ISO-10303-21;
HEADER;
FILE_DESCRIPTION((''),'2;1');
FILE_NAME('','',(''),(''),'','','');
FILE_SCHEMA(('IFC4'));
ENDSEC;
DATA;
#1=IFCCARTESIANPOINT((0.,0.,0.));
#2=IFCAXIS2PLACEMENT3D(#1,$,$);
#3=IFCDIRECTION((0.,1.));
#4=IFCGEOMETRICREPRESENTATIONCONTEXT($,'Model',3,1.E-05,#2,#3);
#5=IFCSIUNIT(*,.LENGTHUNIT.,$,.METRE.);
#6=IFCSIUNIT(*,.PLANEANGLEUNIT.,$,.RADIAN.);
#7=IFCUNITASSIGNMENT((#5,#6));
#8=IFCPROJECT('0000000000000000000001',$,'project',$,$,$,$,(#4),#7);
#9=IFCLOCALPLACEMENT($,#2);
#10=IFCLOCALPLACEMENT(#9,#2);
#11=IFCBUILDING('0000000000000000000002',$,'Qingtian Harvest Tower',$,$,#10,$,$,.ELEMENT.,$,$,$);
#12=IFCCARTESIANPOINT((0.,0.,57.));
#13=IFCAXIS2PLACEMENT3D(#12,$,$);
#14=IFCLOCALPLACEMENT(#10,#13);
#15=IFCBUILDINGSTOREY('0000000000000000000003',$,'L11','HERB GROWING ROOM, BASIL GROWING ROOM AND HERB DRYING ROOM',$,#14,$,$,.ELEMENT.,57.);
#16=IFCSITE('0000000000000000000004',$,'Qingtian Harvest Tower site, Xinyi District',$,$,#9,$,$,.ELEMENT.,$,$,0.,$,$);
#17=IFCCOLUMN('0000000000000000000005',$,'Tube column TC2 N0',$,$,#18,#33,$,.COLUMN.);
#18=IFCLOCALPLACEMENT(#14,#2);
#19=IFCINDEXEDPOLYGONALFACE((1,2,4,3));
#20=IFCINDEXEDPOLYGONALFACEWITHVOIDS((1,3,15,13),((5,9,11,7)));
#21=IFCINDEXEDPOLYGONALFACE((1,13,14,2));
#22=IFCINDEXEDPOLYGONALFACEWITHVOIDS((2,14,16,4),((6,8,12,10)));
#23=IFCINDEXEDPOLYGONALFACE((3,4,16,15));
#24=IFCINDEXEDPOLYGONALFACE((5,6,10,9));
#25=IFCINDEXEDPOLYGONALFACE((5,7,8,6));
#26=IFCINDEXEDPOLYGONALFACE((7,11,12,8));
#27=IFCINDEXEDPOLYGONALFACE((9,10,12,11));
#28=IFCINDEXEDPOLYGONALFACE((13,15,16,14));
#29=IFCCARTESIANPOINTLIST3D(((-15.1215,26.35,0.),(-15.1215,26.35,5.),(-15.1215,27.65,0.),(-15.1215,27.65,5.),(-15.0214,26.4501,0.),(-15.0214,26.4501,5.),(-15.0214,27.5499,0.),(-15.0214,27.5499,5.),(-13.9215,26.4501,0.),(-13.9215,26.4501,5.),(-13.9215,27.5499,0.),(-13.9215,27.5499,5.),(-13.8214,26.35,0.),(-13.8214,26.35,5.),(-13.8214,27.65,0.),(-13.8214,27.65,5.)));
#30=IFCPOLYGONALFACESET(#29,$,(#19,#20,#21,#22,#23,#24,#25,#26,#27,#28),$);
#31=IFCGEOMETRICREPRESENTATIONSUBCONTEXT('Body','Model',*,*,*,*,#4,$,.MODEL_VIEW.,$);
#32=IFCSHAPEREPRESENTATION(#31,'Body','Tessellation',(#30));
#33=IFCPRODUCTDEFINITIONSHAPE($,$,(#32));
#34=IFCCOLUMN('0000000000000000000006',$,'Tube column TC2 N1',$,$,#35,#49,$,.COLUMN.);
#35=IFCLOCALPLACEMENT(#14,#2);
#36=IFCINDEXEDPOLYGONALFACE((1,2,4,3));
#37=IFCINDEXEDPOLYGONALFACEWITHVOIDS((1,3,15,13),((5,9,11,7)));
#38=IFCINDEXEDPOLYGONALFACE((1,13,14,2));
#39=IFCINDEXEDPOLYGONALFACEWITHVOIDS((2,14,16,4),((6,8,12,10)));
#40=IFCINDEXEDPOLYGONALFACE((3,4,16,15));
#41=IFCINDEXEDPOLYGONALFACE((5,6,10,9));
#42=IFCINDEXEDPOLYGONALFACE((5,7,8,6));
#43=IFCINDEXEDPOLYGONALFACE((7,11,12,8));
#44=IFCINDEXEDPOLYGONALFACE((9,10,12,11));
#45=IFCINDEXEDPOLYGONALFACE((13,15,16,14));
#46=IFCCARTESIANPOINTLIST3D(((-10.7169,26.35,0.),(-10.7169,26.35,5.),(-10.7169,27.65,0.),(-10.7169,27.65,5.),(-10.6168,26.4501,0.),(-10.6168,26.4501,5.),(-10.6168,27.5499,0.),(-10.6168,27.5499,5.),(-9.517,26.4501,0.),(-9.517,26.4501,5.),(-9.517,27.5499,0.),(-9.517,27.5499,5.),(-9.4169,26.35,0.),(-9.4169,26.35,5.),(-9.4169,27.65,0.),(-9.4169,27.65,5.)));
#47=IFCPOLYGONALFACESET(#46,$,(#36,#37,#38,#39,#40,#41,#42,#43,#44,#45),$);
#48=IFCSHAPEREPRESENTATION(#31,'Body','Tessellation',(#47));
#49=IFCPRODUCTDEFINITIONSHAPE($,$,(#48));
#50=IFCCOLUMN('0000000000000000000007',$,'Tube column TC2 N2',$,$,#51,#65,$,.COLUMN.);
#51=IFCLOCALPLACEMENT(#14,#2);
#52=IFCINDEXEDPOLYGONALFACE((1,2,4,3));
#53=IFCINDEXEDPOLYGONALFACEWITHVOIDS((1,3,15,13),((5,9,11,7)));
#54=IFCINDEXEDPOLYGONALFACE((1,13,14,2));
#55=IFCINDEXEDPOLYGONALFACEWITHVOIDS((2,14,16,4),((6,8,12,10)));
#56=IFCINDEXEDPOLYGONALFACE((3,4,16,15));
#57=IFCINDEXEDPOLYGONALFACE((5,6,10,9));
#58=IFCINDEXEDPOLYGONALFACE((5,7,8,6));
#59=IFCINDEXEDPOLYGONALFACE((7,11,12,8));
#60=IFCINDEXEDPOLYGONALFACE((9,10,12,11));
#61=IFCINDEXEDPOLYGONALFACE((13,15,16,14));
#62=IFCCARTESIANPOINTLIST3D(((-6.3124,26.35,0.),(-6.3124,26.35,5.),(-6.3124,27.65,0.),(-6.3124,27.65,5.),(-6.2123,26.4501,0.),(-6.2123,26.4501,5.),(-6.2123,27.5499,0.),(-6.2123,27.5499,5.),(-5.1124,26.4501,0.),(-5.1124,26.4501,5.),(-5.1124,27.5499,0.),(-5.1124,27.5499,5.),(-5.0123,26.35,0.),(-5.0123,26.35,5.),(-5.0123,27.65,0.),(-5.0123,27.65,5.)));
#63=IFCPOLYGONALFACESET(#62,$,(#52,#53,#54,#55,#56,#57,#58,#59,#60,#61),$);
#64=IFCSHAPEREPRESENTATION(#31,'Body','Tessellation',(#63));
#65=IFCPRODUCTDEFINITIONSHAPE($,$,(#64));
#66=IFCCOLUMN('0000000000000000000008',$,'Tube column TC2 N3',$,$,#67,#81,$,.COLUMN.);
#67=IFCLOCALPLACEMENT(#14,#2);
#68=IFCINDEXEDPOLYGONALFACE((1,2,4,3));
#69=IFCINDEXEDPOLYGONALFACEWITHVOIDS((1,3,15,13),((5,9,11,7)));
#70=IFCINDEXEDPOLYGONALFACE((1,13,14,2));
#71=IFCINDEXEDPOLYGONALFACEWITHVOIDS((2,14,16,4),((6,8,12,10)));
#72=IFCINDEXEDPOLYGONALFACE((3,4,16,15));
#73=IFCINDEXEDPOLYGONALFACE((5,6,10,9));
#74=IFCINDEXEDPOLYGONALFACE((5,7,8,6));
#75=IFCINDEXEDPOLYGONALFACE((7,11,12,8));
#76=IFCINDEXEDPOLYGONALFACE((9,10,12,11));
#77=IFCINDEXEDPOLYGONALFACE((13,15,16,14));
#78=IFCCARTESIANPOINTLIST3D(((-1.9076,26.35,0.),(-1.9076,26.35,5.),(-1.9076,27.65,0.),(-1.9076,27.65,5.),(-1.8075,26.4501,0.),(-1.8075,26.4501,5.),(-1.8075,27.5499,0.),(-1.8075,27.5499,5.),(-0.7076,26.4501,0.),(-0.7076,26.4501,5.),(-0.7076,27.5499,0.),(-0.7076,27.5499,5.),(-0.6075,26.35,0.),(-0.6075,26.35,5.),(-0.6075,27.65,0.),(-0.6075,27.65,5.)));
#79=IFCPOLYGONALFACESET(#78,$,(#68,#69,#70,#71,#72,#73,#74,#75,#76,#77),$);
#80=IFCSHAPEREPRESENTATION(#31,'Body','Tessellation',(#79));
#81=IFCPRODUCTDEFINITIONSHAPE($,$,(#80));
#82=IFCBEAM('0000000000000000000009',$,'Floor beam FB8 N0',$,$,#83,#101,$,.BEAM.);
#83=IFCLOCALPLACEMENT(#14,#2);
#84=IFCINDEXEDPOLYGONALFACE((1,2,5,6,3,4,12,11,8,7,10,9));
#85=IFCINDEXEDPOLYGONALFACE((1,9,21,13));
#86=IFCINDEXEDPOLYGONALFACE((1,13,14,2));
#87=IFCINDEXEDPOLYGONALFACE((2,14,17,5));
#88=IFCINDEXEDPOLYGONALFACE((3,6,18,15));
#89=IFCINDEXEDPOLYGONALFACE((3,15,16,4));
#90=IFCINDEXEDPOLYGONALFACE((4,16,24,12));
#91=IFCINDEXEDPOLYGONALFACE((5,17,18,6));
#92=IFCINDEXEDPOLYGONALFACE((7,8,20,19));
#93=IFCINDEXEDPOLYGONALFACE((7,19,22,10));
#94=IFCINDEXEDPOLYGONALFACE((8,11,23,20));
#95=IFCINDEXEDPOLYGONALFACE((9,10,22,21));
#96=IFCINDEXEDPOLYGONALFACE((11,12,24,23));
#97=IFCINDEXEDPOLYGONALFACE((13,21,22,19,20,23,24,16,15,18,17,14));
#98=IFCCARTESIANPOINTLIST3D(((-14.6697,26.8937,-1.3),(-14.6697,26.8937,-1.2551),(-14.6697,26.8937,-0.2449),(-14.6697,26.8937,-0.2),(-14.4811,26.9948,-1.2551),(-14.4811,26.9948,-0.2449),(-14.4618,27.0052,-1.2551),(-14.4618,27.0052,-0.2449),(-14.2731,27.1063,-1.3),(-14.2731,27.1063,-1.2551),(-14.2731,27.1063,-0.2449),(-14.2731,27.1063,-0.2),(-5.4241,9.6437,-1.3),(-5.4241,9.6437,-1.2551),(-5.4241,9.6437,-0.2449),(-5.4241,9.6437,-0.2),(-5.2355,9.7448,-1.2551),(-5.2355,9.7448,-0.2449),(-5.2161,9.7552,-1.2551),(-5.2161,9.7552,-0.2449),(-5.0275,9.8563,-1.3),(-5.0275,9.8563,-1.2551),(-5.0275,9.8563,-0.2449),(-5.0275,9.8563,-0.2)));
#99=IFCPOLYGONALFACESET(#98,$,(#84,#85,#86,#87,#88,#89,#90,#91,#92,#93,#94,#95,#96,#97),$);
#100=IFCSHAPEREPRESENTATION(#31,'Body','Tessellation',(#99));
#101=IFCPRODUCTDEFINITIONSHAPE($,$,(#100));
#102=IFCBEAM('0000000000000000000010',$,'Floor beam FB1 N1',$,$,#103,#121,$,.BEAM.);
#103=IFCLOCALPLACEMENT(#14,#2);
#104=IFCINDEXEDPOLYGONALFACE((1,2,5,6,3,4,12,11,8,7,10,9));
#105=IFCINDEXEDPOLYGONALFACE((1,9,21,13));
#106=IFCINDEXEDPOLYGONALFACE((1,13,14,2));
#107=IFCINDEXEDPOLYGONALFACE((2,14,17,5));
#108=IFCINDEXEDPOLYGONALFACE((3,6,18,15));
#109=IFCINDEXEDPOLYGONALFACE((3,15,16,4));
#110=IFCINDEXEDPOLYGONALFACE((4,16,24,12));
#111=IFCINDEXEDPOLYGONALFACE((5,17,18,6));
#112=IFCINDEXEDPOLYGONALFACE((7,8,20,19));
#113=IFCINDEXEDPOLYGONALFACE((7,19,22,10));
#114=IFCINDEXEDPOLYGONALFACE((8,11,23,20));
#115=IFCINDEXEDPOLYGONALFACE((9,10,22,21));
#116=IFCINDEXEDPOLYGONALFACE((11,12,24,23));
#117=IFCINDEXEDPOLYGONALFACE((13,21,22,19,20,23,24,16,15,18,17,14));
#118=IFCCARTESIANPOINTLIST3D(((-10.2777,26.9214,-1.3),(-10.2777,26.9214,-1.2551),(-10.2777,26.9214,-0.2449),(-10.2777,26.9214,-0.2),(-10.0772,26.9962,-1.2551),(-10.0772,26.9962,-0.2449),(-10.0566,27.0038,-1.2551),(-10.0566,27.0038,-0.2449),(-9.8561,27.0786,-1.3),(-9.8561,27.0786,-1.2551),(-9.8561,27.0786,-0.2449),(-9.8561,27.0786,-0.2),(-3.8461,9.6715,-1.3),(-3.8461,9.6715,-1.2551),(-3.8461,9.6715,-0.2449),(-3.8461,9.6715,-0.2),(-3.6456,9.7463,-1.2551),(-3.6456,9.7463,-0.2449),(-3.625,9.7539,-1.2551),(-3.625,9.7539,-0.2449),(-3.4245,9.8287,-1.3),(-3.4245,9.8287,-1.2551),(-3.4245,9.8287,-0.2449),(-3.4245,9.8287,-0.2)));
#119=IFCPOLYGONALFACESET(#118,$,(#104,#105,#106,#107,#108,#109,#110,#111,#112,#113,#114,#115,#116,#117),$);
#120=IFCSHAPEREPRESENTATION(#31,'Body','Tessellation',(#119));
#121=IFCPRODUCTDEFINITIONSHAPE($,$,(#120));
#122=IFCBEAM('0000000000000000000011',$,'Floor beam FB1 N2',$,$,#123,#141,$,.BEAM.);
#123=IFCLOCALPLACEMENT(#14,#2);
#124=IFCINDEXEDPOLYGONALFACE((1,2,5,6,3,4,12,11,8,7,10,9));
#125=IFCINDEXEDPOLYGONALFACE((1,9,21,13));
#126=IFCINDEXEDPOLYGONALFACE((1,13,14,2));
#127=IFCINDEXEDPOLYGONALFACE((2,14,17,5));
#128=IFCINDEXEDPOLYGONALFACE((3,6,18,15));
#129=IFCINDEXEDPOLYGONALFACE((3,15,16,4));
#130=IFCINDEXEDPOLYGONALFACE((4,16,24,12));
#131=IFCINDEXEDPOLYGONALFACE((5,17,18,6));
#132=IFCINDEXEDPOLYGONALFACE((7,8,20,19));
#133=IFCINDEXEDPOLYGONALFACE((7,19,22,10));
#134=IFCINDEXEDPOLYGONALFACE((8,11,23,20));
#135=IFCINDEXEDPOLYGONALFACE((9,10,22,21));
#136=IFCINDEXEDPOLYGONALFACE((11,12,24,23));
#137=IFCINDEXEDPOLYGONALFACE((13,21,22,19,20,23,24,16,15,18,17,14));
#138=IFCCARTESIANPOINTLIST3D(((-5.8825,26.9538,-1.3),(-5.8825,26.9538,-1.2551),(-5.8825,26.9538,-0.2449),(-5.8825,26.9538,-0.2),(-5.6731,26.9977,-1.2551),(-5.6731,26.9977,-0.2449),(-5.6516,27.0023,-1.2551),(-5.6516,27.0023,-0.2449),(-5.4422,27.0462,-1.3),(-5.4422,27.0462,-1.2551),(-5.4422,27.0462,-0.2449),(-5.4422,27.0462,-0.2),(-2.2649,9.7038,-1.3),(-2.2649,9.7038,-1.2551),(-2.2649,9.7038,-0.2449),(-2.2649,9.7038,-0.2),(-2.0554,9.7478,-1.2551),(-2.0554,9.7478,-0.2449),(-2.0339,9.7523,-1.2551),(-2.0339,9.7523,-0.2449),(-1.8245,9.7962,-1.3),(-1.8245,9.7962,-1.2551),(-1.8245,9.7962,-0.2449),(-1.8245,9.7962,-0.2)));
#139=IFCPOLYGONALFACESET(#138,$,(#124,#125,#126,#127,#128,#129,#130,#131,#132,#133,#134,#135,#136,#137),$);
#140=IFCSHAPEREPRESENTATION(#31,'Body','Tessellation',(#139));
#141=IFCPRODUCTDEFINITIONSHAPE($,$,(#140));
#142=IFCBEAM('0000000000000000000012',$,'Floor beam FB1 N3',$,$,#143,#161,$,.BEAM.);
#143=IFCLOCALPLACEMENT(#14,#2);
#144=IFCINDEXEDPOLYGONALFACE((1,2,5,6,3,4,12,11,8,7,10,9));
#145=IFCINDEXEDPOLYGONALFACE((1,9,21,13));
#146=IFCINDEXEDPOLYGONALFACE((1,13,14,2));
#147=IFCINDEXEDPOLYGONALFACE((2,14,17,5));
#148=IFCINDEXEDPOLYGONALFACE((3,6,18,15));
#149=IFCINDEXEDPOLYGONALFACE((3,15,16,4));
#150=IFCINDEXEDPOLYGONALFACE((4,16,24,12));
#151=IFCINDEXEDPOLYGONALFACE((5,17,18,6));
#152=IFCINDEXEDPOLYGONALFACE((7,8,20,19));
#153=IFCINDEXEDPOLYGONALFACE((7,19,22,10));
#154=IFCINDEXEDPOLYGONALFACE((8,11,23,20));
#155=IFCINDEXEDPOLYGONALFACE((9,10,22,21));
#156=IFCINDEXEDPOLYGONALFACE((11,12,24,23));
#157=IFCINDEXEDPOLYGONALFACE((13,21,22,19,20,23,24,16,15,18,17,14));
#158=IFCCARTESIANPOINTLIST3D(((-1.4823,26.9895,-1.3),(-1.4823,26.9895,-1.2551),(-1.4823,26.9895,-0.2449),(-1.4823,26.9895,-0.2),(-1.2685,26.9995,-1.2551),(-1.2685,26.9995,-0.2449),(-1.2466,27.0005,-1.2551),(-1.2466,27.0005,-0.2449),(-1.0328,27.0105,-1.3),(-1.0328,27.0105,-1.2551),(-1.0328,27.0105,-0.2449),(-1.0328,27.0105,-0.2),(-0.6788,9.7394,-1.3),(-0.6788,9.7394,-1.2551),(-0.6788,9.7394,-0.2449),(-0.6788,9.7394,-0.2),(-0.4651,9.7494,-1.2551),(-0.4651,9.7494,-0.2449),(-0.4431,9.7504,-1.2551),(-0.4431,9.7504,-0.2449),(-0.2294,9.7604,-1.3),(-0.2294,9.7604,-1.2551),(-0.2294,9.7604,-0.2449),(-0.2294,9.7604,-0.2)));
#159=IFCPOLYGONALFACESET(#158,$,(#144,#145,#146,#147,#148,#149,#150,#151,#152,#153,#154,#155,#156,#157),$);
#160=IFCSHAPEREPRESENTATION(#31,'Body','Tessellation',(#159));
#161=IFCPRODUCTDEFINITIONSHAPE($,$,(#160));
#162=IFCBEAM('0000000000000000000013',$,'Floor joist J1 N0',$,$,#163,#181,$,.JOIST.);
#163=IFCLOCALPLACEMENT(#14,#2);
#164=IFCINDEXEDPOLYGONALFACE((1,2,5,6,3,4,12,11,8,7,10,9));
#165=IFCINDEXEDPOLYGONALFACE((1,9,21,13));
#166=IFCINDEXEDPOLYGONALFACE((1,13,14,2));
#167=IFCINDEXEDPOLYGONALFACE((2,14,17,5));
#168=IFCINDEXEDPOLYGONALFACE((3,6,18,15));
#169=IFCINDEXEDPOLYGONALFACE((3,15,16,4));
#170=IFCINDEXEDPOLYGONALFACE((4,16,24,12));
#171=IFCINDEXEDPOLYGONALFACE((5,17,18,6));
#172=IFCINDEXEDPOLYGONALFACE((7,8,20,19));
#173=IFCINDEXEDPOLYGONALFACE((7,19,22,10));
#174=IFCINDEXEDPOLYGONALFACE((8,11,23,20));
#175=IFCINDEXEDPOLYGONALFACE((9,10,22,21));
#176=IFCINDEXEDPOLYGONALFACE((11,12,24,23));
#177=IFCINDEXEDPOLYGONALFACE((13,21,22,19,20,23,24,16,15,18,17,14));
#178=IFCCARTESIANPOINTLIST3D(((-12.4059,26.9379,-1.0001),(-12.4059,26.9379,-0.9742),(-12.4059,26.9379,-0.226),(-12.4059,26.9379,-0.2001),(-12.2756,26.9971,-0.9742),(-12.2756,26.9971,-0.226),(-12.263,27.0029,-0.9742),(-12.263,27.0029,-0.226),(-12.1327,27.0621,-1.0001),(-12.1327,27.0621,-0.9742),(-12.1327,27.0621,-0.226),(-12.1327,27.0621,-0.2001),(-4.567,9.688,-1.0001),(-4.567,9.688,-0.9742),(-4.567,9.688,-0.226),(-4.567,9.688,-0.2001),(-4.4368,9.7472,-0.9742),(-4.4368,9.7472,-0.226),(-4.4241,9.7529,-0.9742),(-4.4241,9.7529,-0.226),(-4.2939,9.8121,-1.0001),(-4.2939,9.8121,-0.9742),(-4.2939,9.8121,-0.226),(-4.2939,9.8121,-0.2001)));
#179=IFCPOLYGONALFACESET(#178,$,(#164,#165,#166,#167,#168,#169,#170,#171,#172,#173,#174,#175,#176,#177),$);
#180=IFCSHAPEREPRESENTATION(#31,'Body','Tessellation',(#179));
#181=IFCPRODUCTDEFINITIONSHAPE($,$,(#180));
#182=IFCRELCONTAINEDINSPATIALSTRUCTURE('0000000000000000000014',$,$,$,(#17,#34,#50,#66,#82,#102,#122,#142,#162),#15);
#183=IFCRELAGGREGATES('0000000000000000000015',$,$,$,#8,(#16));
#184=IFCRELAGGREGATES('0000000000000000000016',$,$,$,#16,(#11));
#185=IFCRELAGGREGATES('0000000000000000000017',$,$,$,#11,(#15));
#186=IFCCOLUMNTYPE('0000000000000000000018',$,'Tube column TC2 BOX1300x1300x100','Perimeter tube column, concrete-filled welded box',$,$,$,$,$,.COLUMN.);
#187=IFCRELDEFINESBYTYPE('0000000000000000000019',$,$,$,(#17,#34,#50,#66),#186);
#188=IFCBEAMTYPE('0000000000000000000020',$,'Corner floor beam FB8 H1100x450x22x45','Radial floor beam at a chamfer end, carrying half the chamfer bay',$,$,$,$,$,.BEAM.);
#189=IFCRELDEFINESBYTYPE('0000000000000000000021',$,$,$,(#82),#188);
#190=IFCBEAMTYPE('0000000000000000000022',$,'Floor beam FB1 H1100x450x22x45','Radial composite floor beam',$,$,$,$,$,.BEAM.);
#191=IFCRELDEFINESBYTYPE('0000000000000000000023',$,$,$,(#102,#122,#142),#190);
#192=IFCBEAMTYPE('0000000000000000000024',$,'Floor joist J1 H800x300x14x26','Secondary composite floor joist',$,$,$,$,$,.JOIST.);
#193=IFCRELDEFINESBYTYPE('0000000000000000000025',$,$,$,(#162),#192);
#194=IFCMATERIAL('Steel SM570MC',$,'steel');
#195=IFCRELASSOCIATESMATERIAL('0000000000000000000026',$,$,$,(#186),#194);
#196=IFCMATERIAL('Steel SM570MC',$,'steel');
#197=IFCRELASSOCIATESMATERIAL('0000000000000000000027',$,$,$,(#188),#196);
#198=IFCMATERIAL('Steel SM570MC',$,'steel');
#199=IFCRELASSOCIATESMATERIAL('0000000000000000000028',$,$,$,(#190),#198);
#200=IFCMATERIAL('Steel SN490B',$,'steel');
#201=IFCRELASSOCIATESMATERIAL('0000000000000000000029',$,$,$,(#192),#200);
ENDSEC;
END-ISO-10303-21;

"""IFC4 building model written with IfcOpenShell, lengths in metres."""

from ifc_helpers import new_model, si_unit, direction, frame, origin, origin_2d, place, context, subcontext, project, spatial, hollow_rectangle, i_section, extrude, material, material_profile, profile_set, type_object, element, save


model = new_model("IFC4")

# Units and contexts
model_context = context("Model", 3, precision=1e-05, world=origin(), true_north=direction((0.0, 1.0)))
body_context = subcontext(model_context, "Body", "Model", "MODEL_VIEW")
ifc_project = project(units=[si_unit("LENGTHUNIT", "METRE"), si_unit("PLANEANGLEUNIT", "RADIAN")], contexts=[model_context])

# Site, building, storey
site_placement = place(None, origin())
site = spatial("IfcSite", under=ifc_project, at=site_placement, Name="Qingtian Harvest Tower site, Xinyi District", CompositionType="ELEMENT", RefElevation=0.0)
building_placement = place(site_placement, origin())
building = spatial("IfcBuilding", under=site, at=building_placement, Name="Qingtian Harvest Tower", CompositionType="ELEMENT")
storey_placement = place(building_placement, frame((0.0, 0.0, 57.0)))
storey = spatial("IfcBuildingStorey", under=building, at=storey_placement, Name="L11", Description="HERB GROWING ROOM, BASIL GROWING ROOM AND HERB DRYING ROOM", CompositionType="ELEMENT", Elevation=57.0)

# Columns
ifc_material_1 = material(Name="Steel SM570MC", Category="steel")
ifc_material_profile_1 = material_profile(ifc_material_1, hollow_rectangle(XDim=1.3, YDim=1.3, WallThickness=0.1001, at=origin_2d()), Name="BOX1300x1300x100")
ifc_profile_set_1 = profile_set([ifc_material_profile_1], Name="Steel SM570MC")
column_type = type_object("IfcColumnType", Name="Tube column TC2 BOX1300x1300x100", Description="Perimeter tube column, concrete-filled welded box", PredefinedType="COLUMN", material=ifc_profile_set_1)
for number, where, z_axis, x_axis, name in (
    (1, (-14.4714, 27.0, 0.0), (0.0, 0.0, 1.0), (-1.0, 0.0, 0.0), "Tube column TC2 N0"),
    (2, (-10.0669, 27.0, 0.0), (0.0, 0.0, 1.0), (-1.0, 0.0, 0.0), "Tube column TC2 N1"),
    (3, (-5.6624, 27.0, 0.0), (0.0, 0.0, 1.0), (-1.0, 0.0, 0.0), "Tube column TC2 N2"),
    (4, (-1.2576, 27.0, 0.0), (0.0, 0.0, 1.0), (-1.0, 0.0, 0.0), "Tube column TC2 N3"),
):
    element("IfcColumn", number, at=place(storey_placement, frame(where, z_axis=z_axis, x_axis=x_axis)), inside=storey, type_object=column_type, Name=name, PredefinedType="COLUMN", context=body_context, shape_type="SweptSolid", body=[
        extrude(hollow_rectangle(XDim=1.3, YDim=1.3, WallThickness=0.1001, at=origin_2d()), origin(), (0.0, 0.0, 1.0), 5.0),
    ])

# Beams
ifc_material_2 = material(Name="Steel SM570MC", Category="steel")
ifc_material_profile_2 = material_profile(ifc_material_2, i_section(OverallWidth=0.45, OverallDepth=1.1001, WebThickness=0.022, FlangeThickness=0.0449, at=origin_2d()), Name="H1100x450x22x45")
ifc_profile_set_2 = profile_set([ifc_material_profile_2], Name="Steel SM570MC")
beam_type_1 = type_object("IfcBeamType", Name="Corner floor beam FB8 H1100x450x22x45", Description="Radial floor beam at a chamfer end, carrying half the chamfer bay", PredefinedType="BEAM", material=ifc_profile_set_2)
beam_1_placement = place(storey_placement, frame((-14.4714, 27.0, -0.75), z_axis=(0.472401, -0.881384, 0.0), x_axis=(0.881384, 0.472401, 0.0)))
element("IfcBeam", 5, at=beam_1_placement, inside=storey, type_object=beam_type_1, Name="Floor beam FB8 N0", PredefinedType="BEAM", context=body_context, shape_type="SweptSolid", body=[
    extrude(i_section(OverallWidth=0.45, OverallDepth=1.1001, WebThickness=0.022, FlangeThickness=0.0449, at=origin_2d()), origin(), (0.0, 0.0, 1.0), 19.5715),
])
ifc_material_3 = material(Name="Steel SM570MC", Category="steel")
ifc_material_profile_3 = material_profile(ifc_material_3, i_section(OverallWidth=0.45, OverallDepth=1.1001, WebThickness=0.022, FlangeThickness=0.0449, at=origin_2d()), Name="H1100x450x22x45")
ifc_profile_set_3 = profile_set([ifc_material_profile_3], Name="Steel SM570MC")
beam_type_2 = type_object("IfcBeamType", Name="Floor beam FB1 H1100x450x22x45", Description="Radial composite floor beam", PredefinedType="BEAM", material=ifc_profile_set_3)
beam_2_placement = place(storey_placement, frame((-10.0669, 27.0, -0.75), z_axis=(0.349356, -0.93699, 0.0), x_axis=(0.93699, 0.349356, 0.0)))
element("IfcBeam", 6, at=beam_2_placement, inside=storey, type_object=beam_type_2, Name="Floor beam FB1 N1", PredefinedType="BEAM", context=body_context, shape_type="SweptSolid", body=[
    extrude(i_section(OverallWidth=0.45, OverallDepth=1.1001, WebThickness=0.022, FlangeThickness=0.0449, at=origin_2d()), origin(), (0.0, 0.0, 1.0), 18.4099),
])
beam_3_placement = place(storey_placement, frame((-5.6624, 27.0, -0.75), z_axis=(0.205255, -0.978709, 0.0), x_axis=(0.978709, 0.205255, 0.0)))
element("IfcBeam", 7, at=beam_3_placement, inside=storey, type_object=beam_type_2, Name="Floor beam FB1 N2", PredefinedType="BEAM", context=body_context, shape_type="SweptSolid", body=[
    extrude(i_section(OverallWidth=0.45, OverallDepth=1.1001, WebThickness=0.022, FlangeThickness=0.0449, at=origin_2d()), origin(), (0.0, 0.0, 1.0), 17.6252),
])
beam_4_placement = place(storey_placement, frame((-1.2576, 27.0, -0.75), z_axis=(0.046527, -0.998917, 0.0), x_axis=(0.998917, 0.046527, 0.0)))
element("IfcBeam", 8, at=beam_4_placement, inside=storey, type_object=beam_type_2, Name="Floor beam FB1 N3", PredefinedType="BEAM", context=body_context, shape_type="SweptSolid", body=[
    extrude(i_section(OverallWidth=0.45, OverallDepth=1.1001, WebThickness=0.022, FlangeThickness=0.0449, at=origin_2d()), origin(), (0.0, 0.0, 1.0), 17.2688),
])
ifc_material_4 = material(Name="Steel SN490B", Category="steel")
ifc_material_profile_4 = material_profile(ifc_material_4, i_section(OverallWidth=0.3, OverallDepth=0.8, WebThickness=0.0139, FlangeThickness=0.0259, at=origin_2d()), Name="H800x300x14x26")
ifc_profile_set_4 = profile_set([ifc_material_profile_4], Name="Steel SN490B")
beam_type_3 = type_object("IfcBeamType", Name="Floor joist J1 H800x300x14x26", Description="Secondary composite floor joist", PredefinedType="JOIST", material=ifc_profile_set_4)
beam_5_placement = place(storey_placement, frame((-12.2693, 27.0, -0.6001), z_axis=(0.413714, -0.910407, 0.0), x_axis=(0.910407, 0.413714, 0.0)))
element("IfcBeam", 9, at=beam_5_placement, inside=storey, type_object=beam_type_3, Name="Floor joist J1 N0", PredefinedType="JOIST", context=body_context, shape_type="SweptSolid", body=[
    extrude(i_section(OverallWidth=0.3, OverallDepth=0.8, WebThickness=0.0139, FlangeThickness=0.0259, at=origin_2d()), origin(), (0.0, 0.0, 1.0), 18.9475),
])

save(model, "model.ifc")
